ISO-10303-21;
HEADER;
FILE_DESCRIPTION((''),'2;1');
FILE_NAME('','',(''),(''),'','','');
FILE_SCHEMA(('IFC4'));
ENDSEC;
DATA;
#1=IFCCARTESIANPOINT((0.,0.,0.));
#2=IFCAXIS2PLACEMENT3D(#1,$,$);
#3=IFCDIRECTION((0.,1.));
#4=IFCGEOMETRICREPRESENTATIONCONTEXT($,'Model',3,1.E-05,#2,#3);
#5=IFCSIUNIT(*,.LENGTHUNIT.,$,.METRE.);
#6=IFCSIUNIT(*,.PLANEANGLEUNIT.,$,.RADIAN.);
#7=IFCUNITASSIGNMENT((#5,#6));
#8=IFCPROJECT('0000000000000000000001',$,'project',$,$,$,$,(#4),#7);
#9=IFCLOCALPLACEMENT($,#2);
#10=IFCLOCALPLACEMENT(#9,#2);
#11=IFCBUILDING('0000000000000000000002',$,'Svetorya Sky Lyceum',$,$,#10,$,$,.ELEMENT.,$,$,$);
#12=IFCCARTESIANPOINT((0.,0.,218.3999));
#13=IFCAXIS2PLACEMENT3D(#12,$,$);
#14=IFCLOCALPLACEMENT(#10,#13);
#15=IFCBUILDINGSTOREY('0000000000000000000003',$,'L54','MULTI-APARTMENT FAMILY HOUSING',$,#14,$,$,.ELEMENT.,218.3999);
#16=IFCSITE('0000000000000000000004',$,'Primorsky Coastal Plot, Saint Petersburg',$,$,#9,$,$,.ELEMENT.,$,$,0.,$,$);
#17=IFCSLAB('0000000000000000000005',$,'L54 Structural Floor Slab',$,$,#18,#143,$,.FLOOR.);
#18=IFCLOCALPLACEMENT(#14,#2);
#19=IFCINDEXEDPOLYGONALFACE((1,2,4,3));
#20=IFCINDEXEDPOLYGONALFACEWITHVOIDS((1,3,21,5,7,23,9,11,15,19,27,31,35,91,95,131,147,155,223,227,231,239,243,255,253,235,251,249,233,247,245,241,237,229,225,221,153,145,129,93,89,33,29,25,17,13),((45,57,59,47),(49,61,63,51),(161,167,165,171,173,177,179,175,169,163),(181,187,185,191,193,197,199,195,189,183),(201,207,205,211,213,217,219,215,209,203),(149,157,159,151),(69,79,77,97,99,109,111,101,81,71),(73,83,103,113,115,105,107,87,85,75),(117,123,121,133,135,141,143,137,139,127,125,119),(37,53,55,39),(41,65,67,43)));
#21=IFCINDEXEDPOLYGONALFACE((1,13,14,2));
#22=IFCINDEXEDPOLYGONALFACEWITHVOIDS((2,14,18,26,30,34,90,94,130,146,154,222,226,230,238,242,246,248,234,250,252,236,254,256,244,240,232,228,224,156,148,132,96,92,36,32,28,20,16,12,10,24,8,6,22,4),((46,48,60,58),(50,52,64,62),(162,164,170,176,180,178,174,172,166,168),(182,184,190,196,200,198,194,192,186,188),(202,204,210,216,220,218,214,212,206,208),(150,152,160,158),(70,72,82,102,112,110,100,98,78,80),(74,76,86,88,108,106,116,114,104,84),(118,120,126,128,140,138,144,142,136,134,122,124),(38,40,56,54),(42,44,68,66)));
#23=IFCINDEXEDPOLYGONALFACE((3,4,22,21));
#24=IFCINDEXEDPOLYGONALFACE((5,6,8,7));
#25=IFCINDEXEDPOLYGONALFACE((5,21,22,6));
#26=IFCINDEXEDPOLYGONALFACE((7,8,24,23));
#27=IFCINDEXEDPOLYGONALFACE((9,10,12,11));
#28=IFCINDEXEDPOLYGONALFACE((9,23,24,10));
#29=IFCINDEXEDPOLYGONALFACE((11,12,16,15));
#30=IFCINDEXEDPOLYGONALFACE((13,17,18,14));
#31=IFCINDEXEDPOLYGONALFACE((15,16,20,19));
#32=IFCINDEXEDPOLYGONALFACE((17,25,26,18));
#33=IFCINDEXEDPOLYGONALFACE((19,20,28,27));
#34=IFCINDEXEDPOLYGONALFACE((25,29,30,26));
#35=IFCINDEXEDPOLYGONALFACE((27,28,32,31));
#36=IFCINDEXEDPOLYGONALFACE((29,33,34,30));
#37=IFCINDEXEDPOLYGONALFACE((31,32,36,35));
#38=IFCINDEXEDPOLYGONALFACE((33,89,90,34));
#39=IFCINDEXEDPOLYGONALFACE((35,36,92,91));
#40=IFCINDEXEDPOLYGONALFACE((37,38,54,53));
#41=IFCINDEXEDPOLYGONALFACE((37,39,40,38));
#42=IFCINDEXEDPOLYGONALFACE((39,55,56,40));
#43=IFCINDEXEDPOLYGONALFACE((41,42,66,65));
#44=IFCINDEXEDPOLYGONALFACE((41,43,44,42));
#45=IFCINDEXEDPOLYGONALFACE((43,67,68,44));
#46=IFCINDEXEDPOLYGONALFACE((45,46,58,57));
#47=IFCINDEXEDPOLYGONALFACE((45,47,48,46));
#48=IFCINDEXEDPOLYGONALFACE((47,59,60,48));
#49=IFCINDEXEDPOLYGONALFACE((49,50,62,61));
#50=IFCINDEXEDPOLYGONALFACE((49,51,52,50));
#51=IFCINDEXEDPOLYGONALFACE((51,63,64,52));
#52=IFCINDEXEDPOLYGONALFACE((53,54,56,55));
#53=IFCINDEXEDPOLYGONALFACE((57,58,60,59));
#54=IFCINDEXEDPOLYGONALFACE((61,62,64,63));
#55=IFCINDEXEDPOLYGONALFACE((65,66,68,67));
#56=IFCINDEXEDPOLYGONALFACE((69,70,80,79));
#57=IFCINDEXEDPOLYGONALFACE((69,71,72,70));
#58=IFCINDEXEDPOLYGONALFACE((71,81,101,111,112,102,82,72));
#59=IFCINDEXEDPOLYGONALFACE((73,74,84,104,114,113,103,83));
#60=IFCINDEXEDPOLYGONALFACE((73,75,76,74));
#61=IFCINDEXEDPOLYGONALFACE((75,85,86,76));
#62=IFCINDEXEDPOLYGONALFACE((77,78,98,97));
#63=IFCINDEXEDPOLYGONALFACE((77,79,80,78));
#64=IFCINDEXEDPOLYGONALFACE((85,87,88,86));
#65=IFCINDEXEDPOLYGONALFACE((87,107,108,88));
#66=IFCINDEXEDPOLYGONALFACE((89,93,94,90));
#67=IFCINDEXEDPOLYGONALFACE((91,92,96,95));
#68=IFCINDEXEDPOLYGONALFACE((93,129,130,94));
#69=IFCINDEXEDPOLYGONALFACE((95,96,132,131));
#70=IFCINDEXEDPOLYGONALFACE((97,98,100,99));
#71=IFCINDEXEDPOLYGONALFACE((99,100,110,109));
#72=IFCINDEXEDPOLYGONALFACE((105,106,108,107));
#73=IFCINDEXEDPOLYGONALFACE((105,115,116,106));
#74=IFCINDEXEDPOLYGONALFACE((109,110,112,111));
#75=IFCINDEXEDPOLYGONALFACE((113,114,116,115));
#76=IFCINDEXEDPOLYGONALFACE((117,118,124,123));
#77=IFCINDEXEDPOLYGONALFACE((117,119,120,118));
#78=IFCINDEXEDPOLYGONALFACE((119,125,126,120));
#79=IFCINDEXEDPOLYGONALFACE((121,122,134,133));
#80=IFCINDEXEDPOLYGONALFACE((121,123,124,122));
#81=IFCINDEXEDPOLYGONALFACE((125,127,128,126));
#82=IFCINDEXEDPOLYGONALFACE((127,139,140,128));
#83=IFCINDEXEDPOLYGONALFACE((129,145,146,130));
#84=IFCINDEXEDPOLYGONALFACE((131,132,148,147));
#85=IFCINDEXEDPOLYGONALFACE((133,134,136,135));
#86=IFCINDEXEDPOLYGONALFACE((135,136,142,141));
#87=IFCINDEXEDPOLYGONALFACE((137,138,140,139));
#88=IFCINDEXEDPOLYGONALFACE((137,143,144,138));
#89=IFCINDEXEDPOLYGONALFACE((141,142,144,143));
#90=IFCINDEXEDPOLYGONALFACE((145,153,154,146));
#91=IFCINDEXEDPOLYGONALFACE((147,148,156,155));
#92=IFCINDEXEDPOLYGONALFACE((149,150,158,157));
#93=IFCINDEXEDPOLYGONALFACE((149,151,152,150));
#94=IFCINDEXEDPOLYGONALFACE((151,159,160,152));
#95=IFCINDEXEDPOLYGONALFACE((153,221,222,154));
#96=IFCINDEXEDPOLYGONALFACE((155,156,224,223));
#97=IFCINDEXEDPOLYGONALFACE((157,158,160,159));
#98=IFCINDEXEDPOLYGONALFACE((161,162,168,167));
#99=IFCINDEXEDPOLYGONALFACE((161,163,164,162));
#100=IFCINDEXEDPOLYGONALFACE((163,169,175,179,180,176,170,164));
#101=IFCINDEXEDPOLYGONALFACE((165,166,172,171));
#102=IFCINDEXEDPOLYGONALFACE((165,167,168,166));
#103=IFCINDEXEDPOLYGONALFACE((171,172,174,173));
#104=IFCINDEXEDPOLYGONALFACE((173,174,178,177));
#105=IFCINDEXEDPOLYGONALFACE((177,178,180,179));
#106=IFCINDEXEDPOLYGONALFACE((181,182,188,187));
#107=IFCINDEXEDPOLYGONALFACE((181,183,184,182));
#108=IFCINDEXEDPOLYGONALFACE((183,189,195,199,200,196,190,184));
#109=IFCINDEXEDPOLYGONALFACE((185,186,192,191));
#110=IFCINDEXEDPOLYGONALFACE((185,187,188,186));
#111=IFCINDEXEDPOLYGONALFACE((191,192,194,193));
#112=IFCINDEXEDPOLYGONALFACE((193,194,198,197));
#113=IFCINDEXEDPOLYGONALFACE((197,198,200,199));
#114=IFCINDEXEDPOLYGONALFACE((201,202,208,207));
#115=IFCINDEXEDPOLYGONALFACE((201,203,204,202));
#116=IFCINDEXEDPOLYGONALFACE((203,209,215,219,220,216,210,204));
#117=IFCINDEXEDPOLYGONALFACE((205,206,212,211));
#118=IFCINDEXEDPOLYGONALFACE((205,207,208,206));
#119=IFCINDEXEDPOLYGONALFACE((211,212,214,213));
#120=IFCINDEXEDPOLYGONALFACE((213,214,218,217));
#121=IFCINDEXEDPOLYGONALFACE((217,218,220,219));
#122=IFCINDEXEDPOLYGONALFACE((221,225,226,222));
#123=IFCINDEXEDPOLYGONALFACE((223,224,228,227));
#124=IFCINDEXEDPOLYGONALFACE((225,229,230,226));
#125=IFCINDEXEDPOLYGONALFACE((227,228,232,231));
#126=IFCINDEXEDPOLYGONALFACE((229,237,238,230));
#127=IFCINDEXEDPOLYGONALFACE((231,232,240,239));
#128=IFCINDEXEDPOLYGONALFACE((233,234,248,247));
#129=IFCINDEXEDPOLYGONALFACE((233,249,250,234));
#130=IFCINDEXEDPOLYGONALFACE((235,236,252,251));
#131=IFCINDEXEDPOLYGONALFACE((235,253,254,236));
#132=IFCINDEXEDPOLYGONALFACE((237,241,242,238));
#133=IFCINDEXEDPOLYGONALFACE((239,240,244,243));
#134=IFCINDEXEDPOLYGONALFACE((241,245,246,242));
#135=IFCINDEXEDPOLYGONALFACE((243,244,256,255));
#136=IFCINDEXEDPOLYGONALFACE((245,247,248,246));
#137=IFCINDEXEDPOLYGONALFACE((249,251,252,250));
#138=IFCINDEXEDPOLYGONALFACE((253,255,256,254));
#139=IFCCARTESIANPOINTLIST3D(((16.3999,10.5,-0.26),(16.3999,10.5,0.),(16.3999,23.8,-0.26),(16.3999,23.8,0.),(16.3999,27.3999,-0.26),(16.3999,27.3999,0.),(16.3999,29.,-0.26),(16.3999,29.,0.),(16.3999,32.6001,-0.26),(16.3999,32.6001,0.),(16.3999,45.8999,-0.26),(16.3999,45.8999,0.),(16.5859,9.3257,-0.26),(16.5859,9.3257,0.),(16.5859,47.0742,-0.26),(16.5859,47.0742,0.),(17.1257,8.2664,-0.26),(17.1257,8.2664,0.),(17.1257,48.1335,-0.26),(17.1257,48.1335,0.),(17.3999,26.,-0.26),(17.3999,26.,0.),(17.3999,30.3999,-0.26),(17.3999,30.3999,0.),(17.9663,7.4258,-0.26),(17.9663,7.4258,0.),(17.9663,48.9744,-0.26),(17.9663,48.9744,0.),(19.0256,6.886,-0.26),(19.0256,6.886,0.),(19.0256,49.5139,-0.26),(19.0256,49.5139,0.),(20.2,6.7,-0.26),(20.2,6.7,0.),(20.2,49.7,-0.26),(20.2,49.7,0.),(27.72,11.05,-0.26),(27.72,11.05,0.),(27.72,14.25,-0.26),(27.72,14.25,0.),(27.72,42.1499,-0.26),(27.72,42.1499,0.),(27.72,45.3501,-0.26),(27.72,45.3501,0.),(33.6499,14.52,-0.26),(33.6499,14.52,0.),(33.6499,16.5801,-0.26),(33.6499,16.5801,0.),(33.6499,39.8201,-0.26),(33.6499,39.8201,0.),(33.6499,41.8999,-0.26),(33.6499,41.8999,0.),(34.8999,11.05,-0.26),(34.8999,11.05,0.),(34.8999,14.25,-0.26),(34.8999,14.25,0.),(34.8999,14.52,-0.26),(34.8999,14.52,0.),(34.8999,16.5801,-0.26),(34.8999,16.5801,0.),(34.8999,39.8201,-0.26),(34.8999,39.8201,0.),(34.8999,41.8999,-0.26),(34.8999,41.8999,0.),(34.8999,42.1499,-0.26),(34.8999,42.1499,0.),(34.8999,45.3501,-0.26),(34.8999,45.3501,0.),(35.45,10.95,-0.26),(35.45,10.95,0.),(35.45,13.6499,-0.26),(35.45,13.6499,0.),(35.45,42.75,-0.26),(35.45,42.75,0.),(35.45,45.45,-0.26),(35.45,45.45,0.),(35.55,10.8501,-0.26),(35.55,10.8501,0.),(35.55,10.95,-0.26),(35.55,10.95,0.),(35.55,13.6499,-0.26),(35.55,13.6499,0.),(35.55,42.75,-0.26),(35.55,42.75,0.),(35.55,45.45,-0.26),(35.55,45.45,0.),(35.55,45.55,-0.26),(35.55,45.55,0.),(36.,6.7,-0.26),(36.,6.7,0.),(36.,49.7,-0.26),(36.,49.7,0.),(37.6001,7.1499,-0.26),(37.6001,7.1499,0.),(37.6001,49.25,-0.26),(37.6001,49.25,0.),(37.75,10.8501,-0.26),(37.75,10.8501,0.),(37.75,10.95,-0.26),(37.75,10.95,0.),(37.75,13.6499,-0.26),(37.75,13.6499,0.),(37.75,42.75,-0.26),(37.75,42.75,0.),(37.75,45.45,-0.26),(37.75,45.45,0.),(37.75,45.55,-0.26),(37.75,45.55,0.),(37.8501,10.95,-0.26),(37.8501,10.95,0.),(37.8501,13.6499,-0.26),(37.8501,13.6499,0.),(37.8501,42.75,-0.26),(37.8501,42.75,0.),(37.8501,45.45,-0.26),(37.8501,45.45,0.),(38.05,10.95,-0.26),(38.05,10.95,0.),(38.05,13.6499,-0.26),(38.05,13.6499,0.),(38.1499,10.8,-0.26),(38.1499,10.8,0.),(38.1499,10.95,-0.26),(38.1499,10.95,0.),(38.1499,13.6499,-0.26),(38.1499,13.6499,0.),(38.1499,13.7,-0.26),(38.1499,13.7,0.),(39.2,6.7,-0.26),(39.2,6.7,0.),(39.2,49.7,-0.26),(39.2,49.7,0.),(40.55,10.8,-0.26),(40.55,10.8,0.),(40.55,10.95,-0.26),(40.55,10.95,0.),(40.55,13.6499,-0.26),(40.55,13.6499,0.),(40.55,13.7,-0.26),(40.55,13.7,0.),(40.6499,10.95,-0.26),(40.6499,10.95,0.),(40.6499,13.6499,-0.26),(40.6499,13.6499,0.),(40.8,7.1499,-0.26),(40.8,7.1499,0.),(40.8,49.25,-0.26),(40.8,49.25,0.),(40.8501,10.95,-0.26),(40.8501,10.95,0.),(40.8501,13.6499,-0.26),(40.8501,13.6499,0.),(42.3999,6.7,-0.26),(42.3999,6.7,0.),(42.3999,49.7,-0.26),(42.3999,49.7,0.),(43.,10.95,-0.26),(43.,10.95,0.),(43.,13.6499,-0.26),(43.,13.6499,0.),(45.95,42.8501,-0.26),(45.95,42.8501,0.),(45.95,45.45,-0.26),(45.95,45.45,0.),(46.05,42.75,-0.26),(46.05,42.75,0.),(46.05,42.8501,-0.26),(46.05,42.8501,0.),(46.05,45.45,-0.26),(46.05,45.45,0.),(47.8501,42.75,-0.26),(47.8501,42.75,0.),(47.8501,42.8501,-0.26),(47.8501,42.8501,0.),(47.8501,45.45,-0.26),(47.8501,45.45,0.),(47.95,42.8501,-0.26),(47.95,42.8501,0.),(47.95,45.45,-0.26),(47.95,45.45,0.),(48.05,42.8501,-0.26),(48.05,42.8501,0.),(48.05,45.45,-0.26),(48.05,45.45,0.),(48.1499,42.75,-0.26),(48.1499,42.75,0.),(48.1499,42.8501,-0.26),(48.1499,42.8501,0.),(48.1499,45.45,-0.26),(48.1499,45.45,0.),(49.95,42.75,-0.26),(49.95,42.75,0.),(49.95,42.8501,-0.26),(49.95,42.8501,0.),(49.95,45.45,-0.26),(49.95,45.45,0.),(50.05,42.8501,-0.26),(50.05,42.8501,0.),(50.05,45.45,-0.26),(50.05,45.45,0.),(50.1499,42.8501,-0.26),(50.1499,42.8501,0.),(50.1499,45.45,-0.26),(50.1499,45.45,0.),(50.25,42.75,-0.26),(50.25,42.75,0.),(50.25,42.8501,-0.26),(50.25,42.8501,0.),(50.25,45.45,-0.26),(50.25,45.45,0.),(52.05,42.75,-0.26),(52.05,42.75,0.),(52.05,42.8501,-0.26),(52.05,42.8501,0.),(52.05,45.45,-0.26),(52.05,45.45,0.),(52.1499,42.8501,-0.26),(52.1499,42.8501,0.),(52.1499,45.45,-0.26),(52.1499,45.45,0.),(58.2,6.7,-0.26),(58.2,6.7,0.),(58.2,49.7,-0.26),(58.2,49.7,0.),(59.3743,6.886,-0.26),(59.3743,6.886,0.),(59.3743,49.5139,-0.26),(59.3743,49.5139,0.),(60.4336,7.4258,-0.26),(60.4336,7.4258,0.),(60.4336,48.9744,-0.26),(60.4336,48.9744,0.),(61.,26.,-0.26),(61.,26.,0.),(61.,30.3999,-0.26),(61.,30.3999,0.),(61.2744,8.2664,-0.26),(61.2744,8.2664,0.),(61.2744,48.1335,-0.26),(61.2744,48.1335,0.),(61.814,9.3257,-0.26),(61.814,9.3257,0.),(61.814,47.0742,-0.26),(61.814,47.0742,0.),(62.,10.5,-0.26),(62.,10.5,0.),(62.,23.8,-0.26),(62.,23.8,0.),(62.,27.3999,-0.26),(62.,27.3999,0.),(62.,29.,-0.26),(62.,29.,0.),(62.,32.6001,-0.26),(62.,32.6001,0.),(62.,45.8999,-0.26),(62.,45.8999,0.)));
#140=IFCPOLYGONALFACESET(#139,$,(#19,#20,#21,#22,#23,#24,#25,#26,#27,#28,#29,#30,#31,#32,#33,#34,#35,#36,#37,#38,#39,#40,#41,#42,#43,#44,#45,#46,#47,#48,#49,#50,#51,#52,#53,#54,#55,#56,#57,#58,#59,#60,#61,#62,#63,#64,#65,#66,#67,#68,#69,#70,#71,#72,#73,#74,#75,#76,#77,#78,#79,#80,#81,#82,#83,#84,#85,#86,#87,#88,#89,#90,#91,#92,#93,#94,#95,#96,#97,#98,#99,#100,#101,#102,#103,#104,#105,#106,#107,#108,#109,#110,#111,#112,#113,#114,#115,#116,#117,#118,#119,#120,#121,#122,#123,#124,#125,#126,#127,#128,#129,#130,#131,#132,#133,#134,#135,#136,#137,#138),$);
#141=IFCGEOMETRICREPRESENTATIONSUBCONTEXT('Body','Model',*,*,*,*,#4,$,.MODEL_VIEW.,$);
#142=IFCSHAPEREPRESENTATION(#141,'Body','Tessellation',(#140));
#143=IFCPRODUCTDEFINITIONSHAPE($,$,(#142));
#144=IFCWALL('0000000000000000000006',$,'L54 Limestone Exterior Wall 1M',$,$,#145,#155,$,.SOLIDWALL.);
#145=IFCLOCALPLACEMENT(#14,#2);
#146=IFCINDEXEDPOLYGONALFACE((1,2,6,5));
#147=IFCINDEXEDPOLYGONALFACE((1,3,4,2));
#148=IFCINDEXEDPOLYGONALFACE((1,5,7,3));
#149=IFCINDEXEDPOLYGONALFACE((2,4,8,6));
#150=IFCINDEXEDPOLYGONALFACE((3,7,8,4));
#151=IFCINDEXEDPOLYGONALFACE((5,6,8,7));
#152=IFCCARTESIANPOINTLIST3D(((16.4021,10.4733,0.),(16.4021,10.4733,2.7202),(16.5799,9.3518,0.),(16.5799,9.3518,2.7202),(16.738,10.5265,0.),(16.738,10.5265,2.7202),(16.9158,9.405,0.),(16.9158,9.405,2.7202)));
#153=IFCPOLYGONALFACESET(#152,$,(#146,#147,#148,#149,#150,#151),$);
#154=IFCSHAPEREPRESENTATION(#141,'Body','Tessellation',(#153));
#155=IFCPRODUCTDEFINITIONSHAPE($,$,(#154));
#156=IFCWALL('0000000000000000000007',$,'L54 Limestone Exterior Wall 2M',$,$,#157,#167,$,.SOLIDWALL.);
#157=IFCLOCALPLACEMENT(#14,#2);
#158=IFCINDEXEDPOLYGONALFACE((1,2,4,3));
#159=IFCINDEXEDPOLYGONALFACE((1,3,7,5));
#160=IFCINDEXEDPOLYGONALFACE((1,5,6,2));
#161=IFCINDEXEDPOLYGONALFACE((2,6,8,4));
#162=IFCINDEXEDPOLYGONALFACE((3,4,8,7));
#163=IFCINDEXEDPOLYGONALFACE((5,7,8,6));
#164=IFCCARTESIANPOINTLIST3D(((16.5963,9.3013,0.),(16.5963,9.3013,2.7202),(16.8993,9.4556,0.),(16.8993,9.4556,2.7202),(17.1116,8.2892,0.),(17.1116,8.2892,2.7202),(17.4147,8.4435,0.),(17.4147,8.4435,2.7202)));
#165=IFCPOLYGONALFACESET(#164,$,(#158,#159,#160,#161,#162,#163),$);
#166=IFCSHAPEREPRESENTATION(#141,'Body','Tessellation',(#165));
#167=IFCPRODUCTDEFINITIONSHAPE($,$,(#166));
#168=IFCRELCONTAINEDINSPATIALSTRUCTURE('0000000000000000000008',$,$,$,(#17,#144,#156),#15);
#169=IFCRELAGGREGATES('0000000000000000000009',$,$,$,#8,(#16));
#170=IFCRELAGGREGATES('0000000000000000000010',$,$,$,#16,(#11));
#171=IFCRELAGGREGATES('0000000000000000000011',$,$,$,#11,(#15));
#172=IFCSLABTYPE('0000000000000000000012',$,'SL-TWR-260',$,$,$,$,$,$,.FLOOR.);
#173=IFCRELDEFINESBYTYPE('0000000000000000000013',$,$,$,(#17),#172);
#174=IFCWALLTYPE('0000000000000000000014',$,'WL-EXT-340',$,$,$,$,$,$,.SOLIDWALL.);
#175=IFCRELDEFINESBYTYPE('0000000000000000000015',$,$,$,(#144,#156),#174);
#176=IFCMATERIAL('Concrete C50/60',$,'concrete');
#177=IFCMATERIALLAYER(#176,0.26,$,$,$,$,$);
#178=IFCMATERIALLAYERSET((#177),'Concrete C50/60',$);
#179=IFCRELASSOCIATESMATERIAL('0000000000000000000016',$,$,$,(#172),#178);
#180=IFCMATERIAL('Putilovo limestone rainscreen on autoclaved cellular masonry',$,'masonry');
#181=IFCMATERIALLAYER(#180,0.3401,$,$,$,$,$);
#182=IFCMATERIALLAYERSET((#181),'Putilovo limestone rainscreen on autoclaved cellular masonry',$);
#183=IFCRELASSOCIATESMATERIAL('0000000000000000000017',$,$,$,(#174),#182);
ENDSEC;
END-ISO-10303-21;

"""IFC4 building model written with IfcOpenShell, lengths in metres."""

from ifc_helpers import new_model, si_unit, direction, frame, frame_2d, origin, place, context, subcontext, project, spatial, polyline, rectangle, outline, extrude, material, layer, layer_set, type_object, element, save


model = new_model("IFC4")

# Units and contexts
model_context = context("Model", 3, precision=1e-05, world=origin(), true_north=direction((0.0, 1.0)))
body_context = subcontext(model_context, "Body", "Model", "MODEL_VIEW")
ifc_project = project(units=[si_unit("LENGTHUNIT", "METRE"), si_unit("PLANEANGLEUNIT", "RADIAN")], contexts=[model_context])

# Site, building, storey
site_placement = place(None, origin())
site = spatial("IfcSite", under=ifc_project, at=site_placement, Name="Primorsky Coastal Plot, Saint Petersburg", CompositionType="ELEMENT", RefElevation=0.0)
building_placement = place(site_placement, origin())
building = spatial("IfcBuilding", under=site, at=building_placement, Name="Svetorya Sky Lyceum", CompositionType="ELEMENT")
storey_placement = place(building_placement, frame((0.0, 0.0, 218.3999)))
storey = spatial("IfcBuildingStorey", under=building, at=storey_placement, Name="L54", Description="MULTI-APARTMENT FAMILY HOUSING", CompositionType="ELEMENT", Elevation=218.3999)

# Shared definitions
ifc_material_1 = material(Name="Concrete C50/60", Category="concrete")

# Slab
ifc_layer_1 = layer(ifc_material_1, 0.26)
ifc_layer_set_1 = layer_set([ifc_layer_1], Name="Concrete C50/60")
slab_type_1 = type_object("IfcSlabType", Name="SL-TWR-260", PredefinedType="FLOOR", material=ifc_layer_set_1)
slab_1_placement = place(storey_placement, frame((0.0, 0.0, -0.26)))
element("IfcSlab", 1, at=slab_1_placement, inside=storey, type_object=slab_type_1, Name="L54 Structural Floor Slab", PredefinedType="FLOOR", context=body_context, shape_type="SweptSolid", body=[
    extrude(outline(polyline([(16.3999, 10.5), (16.5859, 9.3257), (17.1257, 8.2664), (17.9663, 7.4258), (19.0256, 6.886), (20.2, 6.7), (36.0, 6.7), (37.6001, 7.1499), (39.2, 6.7), (40.8, 7.1499), (42.3999, 6.7), (58.2, 6.7), (59.3743, 6.886), (60.4336, 7.4258), (61.2744, 8.2664), (61.814, 9.3257), (62.0, 10.5), (62.0, 23.8), (61.0, 26.0), (62.0, 27.3999), (62.0, 29.0), (61.0, 30.3999), (62.0, 32.6001), (62.0, 45.8999), (61.814, 47.0742), (61.2744, 48.1335), (60.4336, 48.9744), (59.3743, 49.5139), (58.2, 49.7), (42.3999, 49.7), (40.8, 49.25), (39.2, 49.7), (37.6001, 49.25), (36.0, 49.7), (20.2, 49.7), (19.0256, 49.5139), (17.9663, 48.9744), (17.1257, 48.1335), (16.5859, 47.0742), (16.3999, 45.8999), (16.3999, 32.6001), (17.3999, 30.3999), (16.3999, 29.0), (16.3999, 27.3999), (17.3999, 26.0), (16.3999, 23.8), (16.3999, 10.5)]), holes=[polyline([(37.8501, 10.95), (37.75, 10.95), (37.75, 10.8501), (35.55, 10.8501), (35.55, 10.95), (35.45, 10.95), (35.45, 13.6499), (35.55, 13.6499), (37.75, 13.6499), (37.8501, 13.6499), (37.8501, 10.95)]), polyline([(38.1499, 10.8), (38.1499, 10.95), (38.05, 10.95), (38.05, 13.6499), (38.1499, 13.6499), (38.1499, 13.7), (40.55, 13.7), (40.55, 13.6499), (40.6499, 13.6499), (40.6499, 10.95), (40.55, 10.95), (40.55, 10.8), (38.1499, 10.8)]), polyline([(27.72, 11.05), (27.72, 14.25), (34.8999, 14.25), (34.8999, 11.05), (27.72, 11.05)]), polyline([(33.6499, 14.52), (33.6499, 16.5801), (34.8999, 16.5801), (34.8999, 14.52), (33.6499, 14.52)]), polyline([(33.6499, 39.8201), (33.6499, 41.8999), (34.8999, 41.8999), (34.8999, 39.8201), (33.6499, 39.8201)]), polyline([(27.72, 42.1499), (27.72, 45.3501), (34.8999, 45.3501), (34.8999, 42.1499), (27.72, 42.1499)]), polyline([(37.75, 42.75), (35.55, 42.75), (35.45, 42.75), (35.45, 45.45), (35.55, 45.45), (35.55, 45.55), (37.75, 45.55), (37.75, 45.45), (37.8501, 45.45), (37.8501, 42.75), (37.75, 42.75)]), polyline([(40.8501, 10.95), (40.8501, 13.6499), (43.0, 13.6499), (43.0, 10.95), (40.8501, 10.95)]), polyline([(46.05, 42.75), (46.05, 42.8501), (45.95, 42.8501), (45.95, 45.45), (46.05, 45.45), (47.8501, 45.45), (47.95, 45.45), (47.95, 42.8501), (47.8501, 42.8501), (47.8501, 42.75), (46.05, 42.75)]), polyline([(50.05, 42.8501), (49.95, 42.8501), (49.95, 42.75), (48.1499, 42.75), (48.1499, 42.8501), (48.05, 42.8501), (48.05, 45.45), (48.1499, 45.45), (49.95, 45.45), (50.05, 45.45), (50.05, 42.8501)]), polyline([(52.1499, 42.8501), (52.05, 42.8501), (52.05, 42.75), (50.25, 42.75), (50.25, 42.8501), (50.1499, 42.8501), (50.1499, 45.45), (50.25, 45.45), (52.05, 45.45), (52.1499, 45.45), (52.1499, 42.8501)])]), origin(), (0.0, 0.0, 1.0), 0.26),
])

# Walls
ifc_material_2 = material(Name="Putilovo limestone rainscreen on autoclaved cellular masonry", Category="masonry")
ifc_layer_2 = layer(ifc_material_2, 0.3401)
ifc_layer_set_2 = layer_set([ifc_layer_2], Name="Putilovo limestone rainscreen on autoclaved cellular masonry")
wall_type_1 = type_object("IfcWallType", Name="WL-EXT-340", PredefinedType="SOLIDWALL", material=ifc_layer_set_2)
wall_1_placement = place(storey_placement, frame((16.5701, 10.5, 0.0), z_axis=(0.0, 0.0, 1.0), x_axis=(0.156515, -0.987676, 0.0)))
element("IfcWall", 2, at=wall_1_placement, inside=storey, type_object=wall_type_1, Name="L54 Limestone Exterior Wall 1M", PredefinedType="SOLIDWALL", context=body_context, shape_type="SweptSolid", body=[
    extrude(rectangle(XDim=1.1355, YDim=0.3401, at=frame_2d((0.5679, 0.0))), origin(), (0.0, 0.0, 1.0), 2.7202),
])
for number, where, z_axis, x_axis, name in (
    (3, (16.7478, 9.3784, 0.0), (0.0, 0.0, 1.0), (0.453736, -0.891136, 0.0), "L54 Limestone Exterior Wall 2M"),
):
    element("IfcWall", number, at=place(storey_placement, frame(where, z_axis=z_axis, x_axis=x_axis)), inside=storey, type_object=wall_type_1, Name=name, PredefinedType="SOLIDWALL", context=body_context, shape_type="SweptSolid", body=[
        extrude(rectangle(XDim=1.1357, YDim=0.3401, at=frame_2d((0.5679, 0.0))), origin(), (0.0, 0.0, 1.0), 2.7202),
    ])

save(model, "model.ifc")
